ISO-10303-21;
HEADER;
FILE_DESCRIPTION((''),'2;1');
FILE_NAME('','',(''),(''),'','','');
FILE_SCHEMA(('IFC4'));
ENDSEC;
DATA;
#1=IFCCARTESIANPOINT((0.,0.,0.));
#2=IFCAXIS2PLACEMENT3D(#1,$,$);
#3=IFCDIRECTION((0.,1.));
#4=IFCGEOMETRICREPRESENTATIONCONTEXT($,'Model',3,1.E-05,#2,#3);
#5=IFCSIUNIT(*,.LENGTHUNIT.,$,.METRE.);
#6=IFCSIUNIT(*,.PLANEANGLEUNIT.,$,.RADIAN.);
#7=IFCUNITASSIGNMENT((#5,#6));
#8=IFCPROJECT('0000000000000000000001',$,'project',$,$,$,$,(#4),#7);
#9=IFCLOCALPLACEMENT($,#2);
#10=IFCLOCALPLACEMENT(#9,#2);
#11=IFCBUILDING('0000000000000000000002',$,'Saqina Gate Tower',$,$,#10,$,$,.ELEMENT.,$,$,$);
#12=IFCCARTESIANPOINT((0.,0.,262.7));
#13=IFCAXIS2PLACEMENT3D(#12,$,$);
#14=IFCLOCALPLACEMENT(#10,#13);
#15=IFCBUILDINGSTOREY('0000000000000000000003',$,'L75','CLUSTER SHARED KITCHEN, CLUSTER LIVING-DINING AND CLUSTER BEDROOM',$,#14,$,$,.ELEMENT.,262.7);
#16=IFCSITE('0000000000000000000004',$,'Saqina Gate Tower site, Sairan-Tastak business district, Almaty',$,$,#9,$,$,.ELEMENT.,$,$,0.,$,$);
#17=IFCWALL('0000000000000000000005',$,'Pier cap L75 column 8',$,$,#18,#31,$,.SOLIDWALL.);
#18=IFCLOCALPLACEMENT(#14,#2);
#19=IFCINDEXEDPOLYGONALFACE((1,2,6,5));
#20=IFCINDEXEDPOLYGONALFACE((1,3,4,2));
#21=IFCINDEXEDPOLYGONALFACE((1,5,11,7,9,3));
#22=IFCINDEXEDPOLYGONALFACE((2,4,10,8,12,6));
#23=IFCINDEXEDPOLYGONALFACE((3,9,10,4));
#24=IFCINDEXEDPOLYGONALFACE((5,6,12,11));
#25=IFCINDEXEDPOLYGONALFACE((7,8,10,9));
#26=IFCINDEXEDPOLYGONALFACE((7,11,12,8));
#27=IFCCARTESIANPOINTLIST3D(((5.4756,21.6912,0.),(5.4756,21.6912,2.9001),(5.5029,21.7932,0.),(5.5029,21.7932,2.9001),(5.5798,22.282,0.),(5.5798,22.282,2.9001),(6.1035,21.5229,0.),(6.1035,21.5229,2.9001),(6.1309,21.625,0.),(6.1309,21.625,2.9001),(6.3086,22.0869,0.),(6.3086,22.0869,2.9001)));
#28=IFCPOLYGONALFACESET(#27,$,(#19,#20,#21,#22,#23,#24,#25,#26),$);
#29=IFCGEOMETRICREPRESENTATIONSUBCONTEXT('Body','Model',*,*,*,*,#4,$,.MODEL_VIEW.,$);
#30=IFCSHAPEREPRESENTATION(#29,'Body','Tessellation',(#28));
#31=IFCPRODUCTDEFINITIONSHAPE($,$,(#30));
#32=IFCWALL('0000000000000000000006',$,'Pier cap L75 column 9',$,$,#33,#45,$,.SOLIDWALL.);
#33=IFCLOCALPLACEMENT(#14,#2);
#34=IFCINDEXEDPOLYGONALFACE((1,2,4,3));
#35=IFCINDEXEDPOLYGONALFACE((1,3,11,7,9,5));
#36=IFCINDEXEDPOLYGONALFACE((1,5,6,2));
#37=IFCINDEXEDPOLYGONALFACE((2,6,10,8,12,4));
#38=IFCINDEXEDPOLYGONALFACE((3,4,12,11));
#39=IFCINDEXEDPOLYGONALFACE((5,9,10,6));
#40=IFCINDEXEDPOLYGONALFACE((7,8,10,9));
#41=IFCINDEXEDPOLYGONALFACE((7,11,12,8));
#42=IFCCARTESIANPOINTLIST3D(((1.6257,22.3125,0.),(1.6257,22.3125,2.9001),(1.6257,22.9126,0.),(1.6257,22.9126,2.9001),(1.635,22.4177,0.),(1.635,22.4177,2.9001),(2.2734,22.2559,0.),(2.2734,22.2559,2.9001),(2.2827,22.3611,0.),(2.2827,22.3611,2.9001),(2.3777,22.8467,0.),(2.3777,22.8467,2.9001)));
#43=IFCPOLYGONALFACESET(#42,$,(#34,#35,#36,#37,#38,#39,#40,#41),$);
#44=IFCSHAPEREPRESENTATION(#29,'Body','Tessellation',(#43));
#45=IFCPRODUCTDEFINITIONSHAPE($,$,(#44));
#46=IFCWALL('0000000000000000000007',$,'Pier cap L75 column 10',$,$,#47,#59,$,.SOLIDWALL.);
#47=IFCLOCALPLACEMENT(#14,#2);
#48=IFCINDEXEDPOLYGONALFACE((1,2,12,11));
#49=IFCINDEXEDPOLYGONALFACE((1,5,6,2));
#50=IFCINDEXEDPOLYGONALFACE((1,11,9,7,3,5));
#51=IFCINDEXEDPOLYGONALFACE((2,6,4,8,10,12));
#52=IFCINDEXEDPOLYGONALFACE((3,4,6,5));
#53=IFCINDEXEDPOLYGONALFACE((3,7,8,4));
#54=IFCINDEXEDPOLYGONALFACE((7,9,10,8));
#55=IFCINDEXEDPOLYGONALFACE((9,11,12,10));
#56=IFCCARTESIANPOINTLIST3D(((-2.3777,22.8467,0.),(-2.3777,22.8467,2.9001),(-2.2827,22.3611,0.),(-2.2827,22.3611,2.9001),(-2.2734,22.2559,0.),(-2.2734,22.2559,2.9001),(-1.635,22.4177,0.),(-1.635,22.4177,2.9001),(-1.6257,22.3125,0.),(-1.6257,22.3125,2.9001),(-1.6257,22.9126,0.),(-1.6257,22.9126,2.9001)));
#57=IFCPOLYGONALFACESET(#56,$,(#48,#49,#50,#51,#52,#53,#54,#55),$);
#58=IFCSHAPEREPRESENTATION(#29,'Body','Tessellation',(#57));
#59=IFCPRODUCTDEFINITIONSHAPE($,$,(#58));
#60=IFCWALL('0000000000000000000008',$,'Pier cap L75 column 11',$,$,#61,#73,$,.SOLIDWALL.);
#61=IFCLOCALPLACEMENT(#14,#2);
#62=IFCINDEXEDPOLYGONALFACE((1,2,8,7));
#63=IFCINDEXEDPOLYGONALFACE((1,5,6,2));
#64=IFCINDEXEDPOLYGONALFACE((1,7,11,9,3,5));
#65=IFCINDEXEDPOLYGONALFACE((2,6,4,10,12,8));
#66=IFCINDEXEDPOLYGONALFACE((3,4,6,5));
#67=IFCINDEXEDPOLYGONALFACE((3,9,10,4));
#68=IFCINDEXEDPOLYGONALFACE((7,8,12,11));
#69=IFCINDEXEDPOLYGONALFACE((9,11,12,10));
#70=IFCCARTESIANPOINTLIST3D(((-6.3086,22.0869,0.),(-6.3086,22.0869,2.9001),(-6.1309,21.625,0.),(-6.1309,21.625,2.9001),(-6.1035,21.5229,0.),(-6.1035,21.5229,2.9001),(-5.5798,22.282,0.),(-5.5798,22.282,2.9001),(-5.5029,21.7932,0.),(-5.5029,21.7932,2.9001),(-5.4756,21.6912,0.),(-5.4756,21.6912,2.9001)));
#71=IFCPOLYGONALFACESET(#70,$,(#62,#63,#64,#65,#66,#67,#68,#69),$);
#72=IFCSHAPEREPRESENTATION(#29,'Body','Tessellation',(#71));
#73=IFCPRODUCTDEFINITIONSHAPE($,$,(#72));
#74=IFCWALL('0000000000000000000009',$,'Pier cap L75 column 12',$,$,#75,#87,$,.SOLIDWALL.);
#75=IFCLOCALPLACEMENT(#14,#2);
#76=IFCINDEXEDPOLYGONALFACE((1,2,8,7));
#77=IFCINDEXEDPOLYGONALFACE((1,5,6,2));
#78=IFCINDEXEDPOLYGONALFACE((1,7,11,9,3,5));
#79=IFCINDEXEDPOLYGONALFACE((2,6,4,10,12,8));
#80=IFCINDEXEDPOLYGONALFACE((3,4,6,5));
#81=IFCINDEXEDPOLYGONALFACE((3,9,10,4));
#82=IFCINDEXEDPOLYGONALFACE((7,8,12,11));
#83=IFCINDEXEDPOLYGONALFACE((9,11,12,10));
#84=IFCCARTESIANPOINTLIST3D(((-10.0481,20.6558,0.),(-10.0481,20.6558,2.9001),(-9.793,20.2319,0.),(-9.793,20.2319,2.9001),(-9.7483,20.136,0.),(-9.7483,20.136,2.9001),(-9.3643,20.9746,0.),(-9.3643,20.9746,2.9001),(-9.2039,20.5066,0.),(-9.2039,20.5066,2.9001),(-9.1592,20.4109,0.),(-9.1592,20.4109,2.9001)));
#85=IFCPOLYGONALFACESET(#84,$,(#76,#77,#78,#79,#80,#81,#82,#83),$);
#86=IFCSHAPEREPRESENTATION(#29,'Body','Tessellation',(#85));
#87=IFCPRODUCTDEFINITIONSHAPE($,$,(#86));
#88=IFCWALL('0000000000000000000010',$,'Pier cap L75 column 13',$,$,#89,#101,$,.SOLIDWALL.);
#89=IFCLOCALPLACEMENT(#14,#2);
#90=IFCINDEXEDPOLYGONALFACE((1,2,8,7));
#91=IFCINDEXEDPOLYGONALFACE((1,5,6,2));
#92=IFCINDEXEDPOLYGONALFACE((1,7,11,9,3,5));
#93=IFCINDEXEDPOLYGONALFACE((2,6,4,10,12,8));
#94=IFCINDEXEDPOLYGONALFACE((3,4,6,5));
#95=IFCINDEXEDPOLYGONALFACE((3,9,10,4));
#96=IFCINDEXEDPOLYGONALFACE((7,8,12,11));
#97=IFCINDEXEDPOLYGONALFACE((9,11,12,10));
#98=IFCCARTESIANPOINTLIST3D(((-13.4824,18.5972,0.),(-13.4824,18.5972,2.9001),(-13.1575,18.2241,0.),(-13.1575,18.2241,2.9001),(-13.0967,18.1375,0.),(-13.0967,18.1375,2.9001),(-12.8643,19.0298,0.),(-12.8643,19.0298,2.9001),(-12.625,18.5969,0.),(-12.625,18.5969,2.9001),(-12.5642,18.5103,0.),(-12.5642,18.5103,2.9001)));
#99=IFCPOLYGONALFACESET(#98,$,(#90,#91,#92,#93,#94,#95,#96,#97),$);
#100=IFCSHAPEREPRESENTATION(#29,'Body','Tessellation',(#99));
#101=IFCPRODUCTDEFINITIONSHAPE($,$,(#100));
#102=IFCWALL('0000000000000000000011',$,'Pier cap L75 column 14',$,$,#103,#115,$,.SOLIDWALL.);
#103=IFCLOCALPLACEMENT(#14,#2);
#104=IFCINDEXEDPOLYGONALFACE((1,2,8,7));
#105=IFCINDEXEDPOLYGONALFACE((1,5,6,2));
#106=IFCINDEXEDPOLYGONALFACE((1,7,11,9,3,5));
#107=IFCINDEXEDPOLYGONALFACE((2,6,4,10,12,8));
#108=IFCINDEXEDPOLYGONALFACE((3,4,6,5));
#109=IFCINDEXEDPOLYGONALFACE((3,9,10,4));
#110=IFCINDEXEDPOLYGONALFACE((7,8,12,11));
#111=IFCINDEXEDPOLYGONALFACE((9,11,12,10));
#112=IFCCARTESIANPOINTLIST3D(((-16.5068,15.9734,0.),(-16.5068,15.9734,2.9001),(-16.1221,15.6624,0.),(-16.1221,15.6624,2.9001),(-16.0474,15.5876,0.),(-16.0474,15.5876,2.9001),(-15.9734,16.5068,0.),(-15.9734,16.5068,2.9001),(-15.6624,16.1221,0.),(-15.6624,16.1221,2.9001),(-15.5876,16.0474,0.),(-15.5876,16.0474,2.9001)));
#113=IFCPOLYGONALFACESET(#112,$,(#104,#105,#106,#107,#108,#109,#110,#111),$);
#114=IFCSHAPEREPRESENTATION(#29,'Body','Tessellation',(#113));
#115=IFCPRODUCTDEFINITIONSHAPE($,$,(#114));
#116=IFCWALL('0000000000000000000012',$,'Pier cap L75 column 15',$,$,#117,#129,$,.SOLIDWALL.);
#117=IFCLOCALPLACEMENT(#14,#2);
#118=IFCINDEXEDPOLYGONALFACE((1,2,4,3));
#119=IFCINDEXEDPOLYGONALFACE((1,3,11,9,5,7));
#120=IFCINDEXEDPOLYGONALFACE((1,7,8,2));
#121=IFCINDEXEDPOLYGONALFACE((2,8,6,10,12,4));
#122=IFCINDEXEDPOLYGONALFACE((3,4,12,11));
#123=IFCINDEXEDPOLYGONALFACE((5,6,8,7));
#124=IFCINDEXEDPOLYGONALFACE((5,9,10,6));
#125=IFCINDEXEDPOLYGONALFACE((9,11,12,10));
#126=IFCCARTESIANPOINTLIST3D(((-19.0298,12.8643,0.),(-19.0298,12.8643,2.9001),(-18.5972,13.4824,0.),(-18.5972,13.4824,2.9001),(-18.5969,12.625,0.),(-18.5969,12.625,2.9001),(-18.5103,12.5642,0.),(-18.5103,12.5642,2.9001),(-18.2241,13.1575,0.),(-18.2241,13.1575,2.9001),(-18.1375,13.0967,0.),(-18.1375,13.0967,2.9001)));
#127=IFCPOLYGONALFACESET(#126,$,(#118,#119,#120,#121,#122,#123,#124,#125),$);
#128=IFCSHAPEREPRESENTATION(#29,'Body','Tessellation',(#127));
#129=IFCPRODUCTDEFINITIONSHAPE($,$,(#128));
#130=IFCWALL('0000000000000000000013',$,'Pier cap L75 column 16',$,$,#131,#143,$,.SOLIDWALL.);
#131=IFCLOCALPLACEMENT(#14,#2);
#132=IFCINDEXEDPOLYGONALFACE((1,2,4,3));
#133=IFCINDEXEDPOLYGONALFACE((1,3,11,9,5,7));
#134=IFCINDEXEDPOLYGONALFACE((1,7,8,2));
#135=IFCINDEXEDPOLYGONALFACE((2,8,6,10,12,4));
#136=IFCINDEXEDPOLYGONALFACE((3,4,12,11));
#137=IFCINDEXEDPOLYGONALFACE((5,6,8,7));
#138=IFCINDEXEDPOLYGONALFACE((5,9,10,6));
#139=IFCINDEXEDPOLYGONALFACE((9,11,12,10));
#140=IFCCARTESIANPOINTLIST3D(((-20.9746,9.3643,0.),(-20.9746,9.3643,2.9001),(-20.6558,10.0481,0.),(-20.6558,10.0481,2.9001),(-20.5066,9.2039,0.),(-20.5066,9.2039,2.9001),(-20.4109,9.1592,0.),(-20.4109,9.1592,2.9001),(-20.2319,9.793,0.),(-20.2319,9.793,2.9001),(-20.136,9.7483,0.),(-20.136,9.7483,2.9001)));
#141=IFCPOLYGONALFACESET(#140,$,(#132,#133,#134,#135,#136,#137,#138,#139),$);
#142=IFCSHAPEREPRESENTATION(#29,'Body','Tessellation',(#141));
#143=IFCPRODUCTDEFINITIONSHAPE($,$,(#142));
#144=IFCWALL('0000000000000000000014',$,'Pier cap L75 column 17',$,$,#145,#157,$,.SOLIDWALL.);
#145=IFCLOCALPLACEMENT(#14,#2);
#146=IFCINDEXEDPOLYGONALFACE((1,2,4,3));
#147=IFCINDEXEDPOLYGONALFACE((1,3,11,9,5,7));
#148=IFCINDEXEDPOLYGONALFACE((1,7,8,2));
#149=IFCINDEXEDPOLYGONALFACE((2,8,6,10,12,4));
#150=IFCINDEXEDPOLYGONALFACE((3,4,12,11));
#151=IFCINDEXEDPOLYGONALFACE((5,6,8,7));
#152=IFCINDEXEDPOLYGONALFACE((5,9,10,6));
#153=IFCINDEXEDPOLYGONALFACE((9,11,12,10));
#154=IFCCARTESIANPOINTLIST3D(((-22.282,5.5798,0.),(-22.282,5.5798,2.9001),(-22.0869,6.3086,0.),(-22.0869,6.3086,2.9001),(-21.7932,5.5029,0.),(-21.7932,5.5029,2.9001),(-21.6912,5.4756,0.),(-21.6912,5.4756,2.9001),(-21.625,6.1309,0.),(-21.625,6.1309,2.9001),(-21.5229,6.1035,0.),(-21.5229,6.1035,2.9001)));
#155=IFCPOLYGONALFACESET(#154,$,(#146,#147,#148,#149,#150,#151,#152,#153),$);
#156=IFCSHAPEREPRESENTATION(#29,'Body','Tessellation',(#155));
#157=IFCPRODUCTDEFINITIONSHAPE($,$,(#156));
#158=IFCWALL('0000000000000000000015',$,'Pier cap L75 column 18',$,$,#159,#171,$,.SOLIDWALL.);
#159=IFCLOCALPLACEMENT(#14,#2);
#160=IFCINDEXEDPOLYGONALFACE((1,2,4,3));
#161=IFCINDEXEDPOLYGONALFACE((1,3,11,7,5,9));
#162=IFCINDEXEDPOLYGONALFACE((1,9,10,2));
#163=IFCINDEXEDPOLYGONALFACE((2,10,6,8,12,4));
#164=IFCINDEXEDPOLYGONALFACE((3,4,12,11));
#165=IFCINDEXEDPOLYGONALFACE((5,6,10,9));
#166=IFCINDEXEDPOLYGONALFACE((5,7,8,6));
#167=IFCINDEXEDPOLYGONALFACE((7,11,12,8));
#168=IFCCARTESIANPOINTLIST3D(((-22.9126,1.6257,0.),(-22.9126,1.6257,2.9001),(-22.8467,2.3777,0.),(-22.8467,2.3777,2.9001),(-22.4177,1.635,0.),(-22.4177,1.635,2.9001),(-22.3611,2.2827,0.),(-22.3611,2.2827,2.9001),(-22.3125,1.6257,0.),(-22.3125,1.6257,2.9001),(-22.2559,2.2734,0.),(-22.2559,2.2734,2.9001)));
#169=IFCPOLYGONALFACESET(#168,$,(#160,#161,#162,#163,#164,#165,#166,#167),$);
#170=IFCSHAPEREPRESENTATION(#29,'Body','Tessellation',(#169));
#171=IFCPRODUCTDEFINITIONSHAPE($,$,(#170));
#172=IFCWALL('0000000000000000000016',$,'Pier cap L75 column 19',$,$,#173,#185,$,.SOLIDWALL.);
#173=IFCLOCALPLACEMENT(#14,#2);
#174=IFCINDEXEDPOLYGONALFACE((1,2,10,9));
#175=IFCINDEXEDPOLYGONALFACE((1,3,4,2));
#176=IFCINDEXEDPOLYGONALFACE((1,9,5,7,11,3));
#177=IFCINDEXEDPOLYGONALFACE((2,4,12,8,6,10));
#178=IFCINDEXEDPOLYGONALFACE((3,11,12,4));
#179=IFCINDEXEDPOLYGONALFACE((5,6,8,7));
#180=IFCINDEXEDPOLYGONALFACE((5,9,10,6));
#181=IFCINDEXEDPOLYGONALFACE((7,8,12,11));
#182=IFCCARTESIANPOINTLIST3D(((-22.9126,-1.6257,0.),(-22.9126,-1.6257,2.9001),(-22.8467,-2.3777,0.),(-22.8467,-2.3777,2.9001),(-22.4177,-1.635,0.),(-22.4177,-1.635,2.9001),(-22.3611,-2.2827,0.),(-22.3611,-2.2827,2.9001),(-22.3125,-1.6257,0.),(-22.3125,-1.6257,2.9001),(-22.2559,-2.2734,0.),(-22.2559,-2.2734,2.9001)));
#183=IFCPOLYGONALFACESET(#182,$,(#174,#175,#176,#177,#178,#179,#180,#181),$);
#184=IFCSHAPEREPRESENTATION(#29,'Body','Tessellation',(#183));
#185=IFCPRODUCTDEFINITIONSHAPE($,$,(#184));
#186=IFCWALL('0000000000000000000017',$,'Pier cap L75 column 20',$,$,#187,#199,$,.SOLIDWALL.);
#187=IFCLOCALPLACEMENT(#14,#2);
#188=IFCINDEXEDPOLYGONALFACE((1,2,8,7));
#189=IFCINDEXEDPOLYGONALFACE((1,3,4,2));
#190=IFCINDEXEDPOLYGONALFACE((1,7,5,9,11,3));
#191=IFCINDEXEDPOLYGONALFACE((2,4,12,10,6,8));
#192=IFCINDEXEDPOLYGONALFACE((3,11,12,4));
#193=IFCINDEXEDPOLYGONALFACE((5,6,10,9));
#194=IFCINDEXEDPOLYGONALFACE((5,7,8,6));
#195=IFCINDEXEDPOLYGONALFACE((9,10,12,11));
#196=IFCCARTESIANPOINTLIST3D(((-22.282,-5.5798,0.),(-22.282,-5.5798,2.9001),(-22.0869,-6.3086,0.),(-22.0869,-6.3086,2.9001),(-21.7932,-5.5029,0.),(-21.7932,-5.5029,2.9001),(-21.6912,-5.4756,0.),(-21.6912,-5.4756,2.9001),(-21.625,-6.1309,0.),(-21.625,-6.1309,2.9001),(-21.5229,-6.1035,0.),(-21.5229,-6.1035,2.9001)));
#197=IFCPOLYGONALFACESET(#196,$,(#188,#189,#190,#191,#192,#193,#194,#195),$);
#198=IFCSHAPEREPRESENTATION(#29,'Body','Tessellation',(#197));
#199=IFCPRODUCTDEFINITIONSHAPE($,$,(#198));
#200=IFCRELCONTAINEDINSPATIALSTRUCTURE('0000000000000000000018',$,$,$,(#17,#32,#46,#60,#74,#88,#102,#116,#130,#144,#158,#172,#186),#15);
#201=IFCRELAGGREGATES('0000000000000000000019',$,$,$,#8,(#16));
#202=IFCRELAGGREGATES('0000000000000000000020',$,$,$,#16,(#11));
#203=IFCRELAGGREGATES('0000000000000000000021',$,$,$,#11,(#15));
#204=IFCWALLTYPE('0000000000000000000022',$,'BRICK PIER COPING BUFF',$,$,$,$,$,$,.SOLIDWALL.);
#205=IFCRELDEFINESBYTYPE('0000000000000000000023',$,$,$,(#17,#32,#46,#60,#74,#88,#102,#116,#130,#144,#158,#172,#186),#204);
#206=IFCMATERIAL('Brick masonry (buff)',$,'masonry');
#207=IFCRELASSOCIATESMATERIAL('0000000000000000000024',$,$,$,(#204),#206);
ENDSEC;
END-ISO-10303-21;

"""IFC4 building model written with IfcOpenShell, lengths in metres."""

from ifc_helpers import new_model, si_unit, direction, frame, origin, place, context, subcontext, project, spatial, polyline, outline, extrude, material, type_object, element, save


model = new_model("IFC4")

# Units and contexts
model_context = context("Model", 3, precision=1e-05, world=origin(), true_north=direction((0.0, 1.0)))
body_context = subcontext(model_context, "Body", "Model", "MODEL_VIEW")
ifc_project = project(units=[si_unit("LENGTHUNIT", "METRE"), si_unit("PLANEANGLEUNIT", "RADIAN")], contexts=[model_context])

# Site, building, storey
site_placement = place(None, origin())
site = spatial("IfcSite", under=ifc_project, at=site_placement, Name="Saqina Gate Tower site, Sairan-Tastak business district, Almaty", CompositionType="ELEMENT", RefElevation=0.0)
building_placement = place(site_placement, origin())
building = spatial("IfcBuilding", under=site, at=building_placement, Name="Saqina Gate Tower", CompositionType="ELEMENT")
storey_placement = place(building_placement, frame((0.0, 0.0, 262.7)))
storey = spatial("IfcBuildingStorey", under=building, at=storey_placement, Name="L75", Description="CLUSTER SHARED KITCHEN, CLUSTER LIVING-DINING AND CLUSTER BEDROOM", CompositionType="ELEMENT", Elevation=262.7)

# Walls
ifc_material = material(Name="Brick masonry (buff)", Category="masonry")
wall_type = type_object("IfcWallType", Name="BRICK PIER COPING BUFF", PredefinedType="SOLIDWALL", material=ifc_material)
wall_1_placement = place(storey_placement, origin())
element("IfcWall", 1, at=wall_1_placement, inside=storey, type_object=wall_type, Name="Pier cap L75 column 8", PredefinedType="SOLIDWALL", context=body_context, shape_type="SweptSolid", body=[
    extrude(outline(polyline([(5.5798, 22.282), (5.4756, 21.6912), (5.5029, 21.7932), (6.1309, 21.625), (6.1035, 21.5229), (6.3086, 22.0869), (5.5798, 22.282)])), origin(), (0.0, 0.0, 1.0), 2.9001),
])
wall_2_placement = place(storey_placement, origin())
element("IfcWall", 2, at=wall_2_placement, inside=storey, type_object=wall_type, Name="Pier cap L75 column 9", PredefinedType="SOLIDWALL", context=body_context, shape_type="SweptSolid", body=[
    extrude(outline(polyline([(2.3777, 22.8467), (1.6257, 22.9126), (1.6257, 22.3125), (1.635, 22.4177), (2.2827, 22.3611), (2.2734, 22.2559), (2.3777, 22.8467)])), origin(), (0.0, 0.0, 1.0), 2.9001),
])
wall_3_placement = place(storey_placement, origin())
element("IfcWall", 3, at=wall_3_placement, inside=storey, type_object=wall_type, Name="Pier cap L75 column 10", PredefinedType="SOLIDWALL", context=body_context, shape_type="SweptSolid", body=[
    extrude(outline(polyline([(-1.6257, 22.9126), (-2.3777, 22.8467), (-2.2734, 22.2559), (-2.2827, 22.3611), (-1.635, 22.4177), (-1.6257, 22.3125), (-1.6257, 22.9126)])), origin(), (0.0, 0.0, 1.0), 2.9001),
])
wall_4_placement = place(storey_placement, origin())
element("IfcWall", 4, at=wall_4_placement, inside=storey, type_object=wall_type, Name="Pier cap L75 column 11", PredefinedType="SOLIDWALL", context=body_context, shape_type="SweptSolid", body=[
    extrude(outline(polyline([(-6.3086, 22.0869), (-6.1035, 21.5229), (-6.1309, 21.625), (-5.5029, 21.7932), (-5.4756, 21.6912), (-5.5798, 22.282), (-6.3086, 22.0869)])), origin(), (0.0, 0.0, 1.0), 2.9001),
])
wall_5_placement = place(storey_placement, origin())
element("IfcWall", 5, at=wall_5_placement, inside=storey, type_object=wall_type, Name="Pier cap L75 column 12", PredefinedType="SOLIDWALL", context=body_context, shape_type="SweptSolid", body=[
    extrude(outline(polyline([(-9.3643, 20.9746), (-10.0481, 20.6558), (-9.7483, 20.136), (-9.793, 20.2319), (-9.2039, 20.5066), (-9.1592, 20.4109), (-9.3643, 20.9746)])), origin(), (0.0, 0.0, 1.0), 2.9001),
])
wall_6_placement = place(storey_placement, origin())
element("IfcWall", 6, at=wall_6_placement, inside=storey, type_object=wall_type, Name="Pier cap L75 column 13", PredefinedType="SOLIDWALL", context=body_context, shape_type="SweptSolid", body=[
    extrude(outline(polyline([(-12.8643, 19.0298), (-13.4824, 18.5972), (-13.0967, 18.1375), (-13.1575, 18.2241), (-12.625, 18.5969), (-12.5642, 18.5103), (-12.8643, 19.0298)])), origin(), (0.0, 0.0, 1.0), 2.9001),
])
wall_7_placement = place(storey_placement, origin())
element("IfcWall", 7, at=wall_7_placement, inside=storey, type_object=wall_type, Name="Pier cap L75 column 14", PredefinedType="SOLIDWALL", context=body_context, shape_type="SweptSolid", body=[
    extrude(outline(polyline([(-16.5068, 15.9734), (-16.0474, 15.5876), (-16.1221, 15.6624), (-15.6624, 16.1221), (-15.5876, 16.0474), (-15.9734, 16.5068), (-16.5068, 15.9734)])), origin(), (0.0, 0.0, 1.0), 2.9001),
])
wall_8_placement = place(storey_placement, origin())
element("IfcWall", 8, at=wall_8_placement, inside=storey, type_object=wall_type, Name="Pier cap L75 column 15", PredefinedType="SOLIDWALL", context=body_context, shape_type="SweptSolid", body=[
    extrude(outline(polyline([(-19.0298, 12.8643), (-18.5103, 12.5642), (-18.5969, 12.625), (-18.2241, 13.1575), (-18.1375, 13.0967), (-18.5972, 13.4824), (-19.0298, 12.8643)])), origin(), (0.0, 0.0, 1.0), 2.9001),
])
wall_9_placement = place(storey_placement, origin())
element("IfcWall", 9, at=wall_9_placement, inside=storey, type_object=wall_type, Name="Pier cap L75 column 16", PredefinedType="SOLIDWALL", context=body_context, shape_type="SweptSolid", body=[
    extrude(outline(polyline([(-20.6558, 10.0481), (-20.9746, 9.3643), (-20.4109, 9.1592), (-20.5066, 9.2039), (-20.2319, 9.793), (-20.136, 9.7483), (-20.6558, 10.0481)])), origin(), (0.0, 0.0, 1.0), 2.9001),
])
wall_10_placement = place(storey_placement, origin())
element("IfcWall", 10, at=wall_10_placement, inside=storey, type_object=wall_type, Name="Pier cap L75 column 17", PredefinedType="SOLIDWALL", context=body_context, shape_type="SweptSolid", body=[
    extrude(outline(polyline([(-22.282, 5.5798), (-21.6912, 5.4756), (-21.7932, 5.5029), (-21.625, 6.1309), (-21.5229, 6.1035), (-22.0869, 6.3086), (-22.282, 5.5798)])), origin(), (0.0, 0.0, 1.0), 2.9001),
])
wall_11_placement = place(storey_placement, origin())
element("IfcWall", 11, at=wall_11_placement, inside=storey, type_object=wall_type, Name="Pier cap L75 column 18", PredefinedType="SOLIDWALL", context=body_context, shape_type="SweptSolid", body=[
    extrude(outline(polyline([(-22.8467, 2.3777), (-22.9126, 1.6257), (-22.3125, 1.6257), (-22.4177, 1.635), (-22.3611, 2.2827), (-22.2559, 2.2734), (-22.8467, 2.3777)])), origin(), (0.0, 0.0, 1.0), 2.9001),
])
wall_12_placement = place(storey_placement, origin())
element("IfcWall", 12, at=wall_12_placement, inside=storey, type_object=wall_type, Name="Pier cap L75 column 19", PredefinedType="SOLIDWALL", context=body_context, shape_type="SweptSolid", body=[
    extrude(outline(polyline([(-22.9126, -1.6257), (-22.8467, -2.3777), (-22.2559, -2.2734), (-22.3611, -2.2827), (-22.4177, -1.635), (-22.3125, -1.6257), (-22.9126, -1.6257)])), origin(), (0.0, 0.0, 1.0), 2.9001),
])
wall_13_placement = place(storey_placement, origin())
element("IfcWall", 13, at=wall_13_placement, inside=storey, type_object=wall_type, Name="Pier cap L75 column 20", PredefinedType="SOLIDWALL", context=body_context, shape_type="SweptSolid", body=[
    extrude(outline(polyline([(-22.0869, -6.3086), (-21.5229, -6.1035), (-21.625, -6.1309), (-21.7932, -5.5029), (-21.6912, -5.4756), (-22.282, -5.5798), (-22.0869, -6.3086)])), origin(), (0.0, 0.0, 1.0), 2.9001),
])

save(model, "model.ifc")
